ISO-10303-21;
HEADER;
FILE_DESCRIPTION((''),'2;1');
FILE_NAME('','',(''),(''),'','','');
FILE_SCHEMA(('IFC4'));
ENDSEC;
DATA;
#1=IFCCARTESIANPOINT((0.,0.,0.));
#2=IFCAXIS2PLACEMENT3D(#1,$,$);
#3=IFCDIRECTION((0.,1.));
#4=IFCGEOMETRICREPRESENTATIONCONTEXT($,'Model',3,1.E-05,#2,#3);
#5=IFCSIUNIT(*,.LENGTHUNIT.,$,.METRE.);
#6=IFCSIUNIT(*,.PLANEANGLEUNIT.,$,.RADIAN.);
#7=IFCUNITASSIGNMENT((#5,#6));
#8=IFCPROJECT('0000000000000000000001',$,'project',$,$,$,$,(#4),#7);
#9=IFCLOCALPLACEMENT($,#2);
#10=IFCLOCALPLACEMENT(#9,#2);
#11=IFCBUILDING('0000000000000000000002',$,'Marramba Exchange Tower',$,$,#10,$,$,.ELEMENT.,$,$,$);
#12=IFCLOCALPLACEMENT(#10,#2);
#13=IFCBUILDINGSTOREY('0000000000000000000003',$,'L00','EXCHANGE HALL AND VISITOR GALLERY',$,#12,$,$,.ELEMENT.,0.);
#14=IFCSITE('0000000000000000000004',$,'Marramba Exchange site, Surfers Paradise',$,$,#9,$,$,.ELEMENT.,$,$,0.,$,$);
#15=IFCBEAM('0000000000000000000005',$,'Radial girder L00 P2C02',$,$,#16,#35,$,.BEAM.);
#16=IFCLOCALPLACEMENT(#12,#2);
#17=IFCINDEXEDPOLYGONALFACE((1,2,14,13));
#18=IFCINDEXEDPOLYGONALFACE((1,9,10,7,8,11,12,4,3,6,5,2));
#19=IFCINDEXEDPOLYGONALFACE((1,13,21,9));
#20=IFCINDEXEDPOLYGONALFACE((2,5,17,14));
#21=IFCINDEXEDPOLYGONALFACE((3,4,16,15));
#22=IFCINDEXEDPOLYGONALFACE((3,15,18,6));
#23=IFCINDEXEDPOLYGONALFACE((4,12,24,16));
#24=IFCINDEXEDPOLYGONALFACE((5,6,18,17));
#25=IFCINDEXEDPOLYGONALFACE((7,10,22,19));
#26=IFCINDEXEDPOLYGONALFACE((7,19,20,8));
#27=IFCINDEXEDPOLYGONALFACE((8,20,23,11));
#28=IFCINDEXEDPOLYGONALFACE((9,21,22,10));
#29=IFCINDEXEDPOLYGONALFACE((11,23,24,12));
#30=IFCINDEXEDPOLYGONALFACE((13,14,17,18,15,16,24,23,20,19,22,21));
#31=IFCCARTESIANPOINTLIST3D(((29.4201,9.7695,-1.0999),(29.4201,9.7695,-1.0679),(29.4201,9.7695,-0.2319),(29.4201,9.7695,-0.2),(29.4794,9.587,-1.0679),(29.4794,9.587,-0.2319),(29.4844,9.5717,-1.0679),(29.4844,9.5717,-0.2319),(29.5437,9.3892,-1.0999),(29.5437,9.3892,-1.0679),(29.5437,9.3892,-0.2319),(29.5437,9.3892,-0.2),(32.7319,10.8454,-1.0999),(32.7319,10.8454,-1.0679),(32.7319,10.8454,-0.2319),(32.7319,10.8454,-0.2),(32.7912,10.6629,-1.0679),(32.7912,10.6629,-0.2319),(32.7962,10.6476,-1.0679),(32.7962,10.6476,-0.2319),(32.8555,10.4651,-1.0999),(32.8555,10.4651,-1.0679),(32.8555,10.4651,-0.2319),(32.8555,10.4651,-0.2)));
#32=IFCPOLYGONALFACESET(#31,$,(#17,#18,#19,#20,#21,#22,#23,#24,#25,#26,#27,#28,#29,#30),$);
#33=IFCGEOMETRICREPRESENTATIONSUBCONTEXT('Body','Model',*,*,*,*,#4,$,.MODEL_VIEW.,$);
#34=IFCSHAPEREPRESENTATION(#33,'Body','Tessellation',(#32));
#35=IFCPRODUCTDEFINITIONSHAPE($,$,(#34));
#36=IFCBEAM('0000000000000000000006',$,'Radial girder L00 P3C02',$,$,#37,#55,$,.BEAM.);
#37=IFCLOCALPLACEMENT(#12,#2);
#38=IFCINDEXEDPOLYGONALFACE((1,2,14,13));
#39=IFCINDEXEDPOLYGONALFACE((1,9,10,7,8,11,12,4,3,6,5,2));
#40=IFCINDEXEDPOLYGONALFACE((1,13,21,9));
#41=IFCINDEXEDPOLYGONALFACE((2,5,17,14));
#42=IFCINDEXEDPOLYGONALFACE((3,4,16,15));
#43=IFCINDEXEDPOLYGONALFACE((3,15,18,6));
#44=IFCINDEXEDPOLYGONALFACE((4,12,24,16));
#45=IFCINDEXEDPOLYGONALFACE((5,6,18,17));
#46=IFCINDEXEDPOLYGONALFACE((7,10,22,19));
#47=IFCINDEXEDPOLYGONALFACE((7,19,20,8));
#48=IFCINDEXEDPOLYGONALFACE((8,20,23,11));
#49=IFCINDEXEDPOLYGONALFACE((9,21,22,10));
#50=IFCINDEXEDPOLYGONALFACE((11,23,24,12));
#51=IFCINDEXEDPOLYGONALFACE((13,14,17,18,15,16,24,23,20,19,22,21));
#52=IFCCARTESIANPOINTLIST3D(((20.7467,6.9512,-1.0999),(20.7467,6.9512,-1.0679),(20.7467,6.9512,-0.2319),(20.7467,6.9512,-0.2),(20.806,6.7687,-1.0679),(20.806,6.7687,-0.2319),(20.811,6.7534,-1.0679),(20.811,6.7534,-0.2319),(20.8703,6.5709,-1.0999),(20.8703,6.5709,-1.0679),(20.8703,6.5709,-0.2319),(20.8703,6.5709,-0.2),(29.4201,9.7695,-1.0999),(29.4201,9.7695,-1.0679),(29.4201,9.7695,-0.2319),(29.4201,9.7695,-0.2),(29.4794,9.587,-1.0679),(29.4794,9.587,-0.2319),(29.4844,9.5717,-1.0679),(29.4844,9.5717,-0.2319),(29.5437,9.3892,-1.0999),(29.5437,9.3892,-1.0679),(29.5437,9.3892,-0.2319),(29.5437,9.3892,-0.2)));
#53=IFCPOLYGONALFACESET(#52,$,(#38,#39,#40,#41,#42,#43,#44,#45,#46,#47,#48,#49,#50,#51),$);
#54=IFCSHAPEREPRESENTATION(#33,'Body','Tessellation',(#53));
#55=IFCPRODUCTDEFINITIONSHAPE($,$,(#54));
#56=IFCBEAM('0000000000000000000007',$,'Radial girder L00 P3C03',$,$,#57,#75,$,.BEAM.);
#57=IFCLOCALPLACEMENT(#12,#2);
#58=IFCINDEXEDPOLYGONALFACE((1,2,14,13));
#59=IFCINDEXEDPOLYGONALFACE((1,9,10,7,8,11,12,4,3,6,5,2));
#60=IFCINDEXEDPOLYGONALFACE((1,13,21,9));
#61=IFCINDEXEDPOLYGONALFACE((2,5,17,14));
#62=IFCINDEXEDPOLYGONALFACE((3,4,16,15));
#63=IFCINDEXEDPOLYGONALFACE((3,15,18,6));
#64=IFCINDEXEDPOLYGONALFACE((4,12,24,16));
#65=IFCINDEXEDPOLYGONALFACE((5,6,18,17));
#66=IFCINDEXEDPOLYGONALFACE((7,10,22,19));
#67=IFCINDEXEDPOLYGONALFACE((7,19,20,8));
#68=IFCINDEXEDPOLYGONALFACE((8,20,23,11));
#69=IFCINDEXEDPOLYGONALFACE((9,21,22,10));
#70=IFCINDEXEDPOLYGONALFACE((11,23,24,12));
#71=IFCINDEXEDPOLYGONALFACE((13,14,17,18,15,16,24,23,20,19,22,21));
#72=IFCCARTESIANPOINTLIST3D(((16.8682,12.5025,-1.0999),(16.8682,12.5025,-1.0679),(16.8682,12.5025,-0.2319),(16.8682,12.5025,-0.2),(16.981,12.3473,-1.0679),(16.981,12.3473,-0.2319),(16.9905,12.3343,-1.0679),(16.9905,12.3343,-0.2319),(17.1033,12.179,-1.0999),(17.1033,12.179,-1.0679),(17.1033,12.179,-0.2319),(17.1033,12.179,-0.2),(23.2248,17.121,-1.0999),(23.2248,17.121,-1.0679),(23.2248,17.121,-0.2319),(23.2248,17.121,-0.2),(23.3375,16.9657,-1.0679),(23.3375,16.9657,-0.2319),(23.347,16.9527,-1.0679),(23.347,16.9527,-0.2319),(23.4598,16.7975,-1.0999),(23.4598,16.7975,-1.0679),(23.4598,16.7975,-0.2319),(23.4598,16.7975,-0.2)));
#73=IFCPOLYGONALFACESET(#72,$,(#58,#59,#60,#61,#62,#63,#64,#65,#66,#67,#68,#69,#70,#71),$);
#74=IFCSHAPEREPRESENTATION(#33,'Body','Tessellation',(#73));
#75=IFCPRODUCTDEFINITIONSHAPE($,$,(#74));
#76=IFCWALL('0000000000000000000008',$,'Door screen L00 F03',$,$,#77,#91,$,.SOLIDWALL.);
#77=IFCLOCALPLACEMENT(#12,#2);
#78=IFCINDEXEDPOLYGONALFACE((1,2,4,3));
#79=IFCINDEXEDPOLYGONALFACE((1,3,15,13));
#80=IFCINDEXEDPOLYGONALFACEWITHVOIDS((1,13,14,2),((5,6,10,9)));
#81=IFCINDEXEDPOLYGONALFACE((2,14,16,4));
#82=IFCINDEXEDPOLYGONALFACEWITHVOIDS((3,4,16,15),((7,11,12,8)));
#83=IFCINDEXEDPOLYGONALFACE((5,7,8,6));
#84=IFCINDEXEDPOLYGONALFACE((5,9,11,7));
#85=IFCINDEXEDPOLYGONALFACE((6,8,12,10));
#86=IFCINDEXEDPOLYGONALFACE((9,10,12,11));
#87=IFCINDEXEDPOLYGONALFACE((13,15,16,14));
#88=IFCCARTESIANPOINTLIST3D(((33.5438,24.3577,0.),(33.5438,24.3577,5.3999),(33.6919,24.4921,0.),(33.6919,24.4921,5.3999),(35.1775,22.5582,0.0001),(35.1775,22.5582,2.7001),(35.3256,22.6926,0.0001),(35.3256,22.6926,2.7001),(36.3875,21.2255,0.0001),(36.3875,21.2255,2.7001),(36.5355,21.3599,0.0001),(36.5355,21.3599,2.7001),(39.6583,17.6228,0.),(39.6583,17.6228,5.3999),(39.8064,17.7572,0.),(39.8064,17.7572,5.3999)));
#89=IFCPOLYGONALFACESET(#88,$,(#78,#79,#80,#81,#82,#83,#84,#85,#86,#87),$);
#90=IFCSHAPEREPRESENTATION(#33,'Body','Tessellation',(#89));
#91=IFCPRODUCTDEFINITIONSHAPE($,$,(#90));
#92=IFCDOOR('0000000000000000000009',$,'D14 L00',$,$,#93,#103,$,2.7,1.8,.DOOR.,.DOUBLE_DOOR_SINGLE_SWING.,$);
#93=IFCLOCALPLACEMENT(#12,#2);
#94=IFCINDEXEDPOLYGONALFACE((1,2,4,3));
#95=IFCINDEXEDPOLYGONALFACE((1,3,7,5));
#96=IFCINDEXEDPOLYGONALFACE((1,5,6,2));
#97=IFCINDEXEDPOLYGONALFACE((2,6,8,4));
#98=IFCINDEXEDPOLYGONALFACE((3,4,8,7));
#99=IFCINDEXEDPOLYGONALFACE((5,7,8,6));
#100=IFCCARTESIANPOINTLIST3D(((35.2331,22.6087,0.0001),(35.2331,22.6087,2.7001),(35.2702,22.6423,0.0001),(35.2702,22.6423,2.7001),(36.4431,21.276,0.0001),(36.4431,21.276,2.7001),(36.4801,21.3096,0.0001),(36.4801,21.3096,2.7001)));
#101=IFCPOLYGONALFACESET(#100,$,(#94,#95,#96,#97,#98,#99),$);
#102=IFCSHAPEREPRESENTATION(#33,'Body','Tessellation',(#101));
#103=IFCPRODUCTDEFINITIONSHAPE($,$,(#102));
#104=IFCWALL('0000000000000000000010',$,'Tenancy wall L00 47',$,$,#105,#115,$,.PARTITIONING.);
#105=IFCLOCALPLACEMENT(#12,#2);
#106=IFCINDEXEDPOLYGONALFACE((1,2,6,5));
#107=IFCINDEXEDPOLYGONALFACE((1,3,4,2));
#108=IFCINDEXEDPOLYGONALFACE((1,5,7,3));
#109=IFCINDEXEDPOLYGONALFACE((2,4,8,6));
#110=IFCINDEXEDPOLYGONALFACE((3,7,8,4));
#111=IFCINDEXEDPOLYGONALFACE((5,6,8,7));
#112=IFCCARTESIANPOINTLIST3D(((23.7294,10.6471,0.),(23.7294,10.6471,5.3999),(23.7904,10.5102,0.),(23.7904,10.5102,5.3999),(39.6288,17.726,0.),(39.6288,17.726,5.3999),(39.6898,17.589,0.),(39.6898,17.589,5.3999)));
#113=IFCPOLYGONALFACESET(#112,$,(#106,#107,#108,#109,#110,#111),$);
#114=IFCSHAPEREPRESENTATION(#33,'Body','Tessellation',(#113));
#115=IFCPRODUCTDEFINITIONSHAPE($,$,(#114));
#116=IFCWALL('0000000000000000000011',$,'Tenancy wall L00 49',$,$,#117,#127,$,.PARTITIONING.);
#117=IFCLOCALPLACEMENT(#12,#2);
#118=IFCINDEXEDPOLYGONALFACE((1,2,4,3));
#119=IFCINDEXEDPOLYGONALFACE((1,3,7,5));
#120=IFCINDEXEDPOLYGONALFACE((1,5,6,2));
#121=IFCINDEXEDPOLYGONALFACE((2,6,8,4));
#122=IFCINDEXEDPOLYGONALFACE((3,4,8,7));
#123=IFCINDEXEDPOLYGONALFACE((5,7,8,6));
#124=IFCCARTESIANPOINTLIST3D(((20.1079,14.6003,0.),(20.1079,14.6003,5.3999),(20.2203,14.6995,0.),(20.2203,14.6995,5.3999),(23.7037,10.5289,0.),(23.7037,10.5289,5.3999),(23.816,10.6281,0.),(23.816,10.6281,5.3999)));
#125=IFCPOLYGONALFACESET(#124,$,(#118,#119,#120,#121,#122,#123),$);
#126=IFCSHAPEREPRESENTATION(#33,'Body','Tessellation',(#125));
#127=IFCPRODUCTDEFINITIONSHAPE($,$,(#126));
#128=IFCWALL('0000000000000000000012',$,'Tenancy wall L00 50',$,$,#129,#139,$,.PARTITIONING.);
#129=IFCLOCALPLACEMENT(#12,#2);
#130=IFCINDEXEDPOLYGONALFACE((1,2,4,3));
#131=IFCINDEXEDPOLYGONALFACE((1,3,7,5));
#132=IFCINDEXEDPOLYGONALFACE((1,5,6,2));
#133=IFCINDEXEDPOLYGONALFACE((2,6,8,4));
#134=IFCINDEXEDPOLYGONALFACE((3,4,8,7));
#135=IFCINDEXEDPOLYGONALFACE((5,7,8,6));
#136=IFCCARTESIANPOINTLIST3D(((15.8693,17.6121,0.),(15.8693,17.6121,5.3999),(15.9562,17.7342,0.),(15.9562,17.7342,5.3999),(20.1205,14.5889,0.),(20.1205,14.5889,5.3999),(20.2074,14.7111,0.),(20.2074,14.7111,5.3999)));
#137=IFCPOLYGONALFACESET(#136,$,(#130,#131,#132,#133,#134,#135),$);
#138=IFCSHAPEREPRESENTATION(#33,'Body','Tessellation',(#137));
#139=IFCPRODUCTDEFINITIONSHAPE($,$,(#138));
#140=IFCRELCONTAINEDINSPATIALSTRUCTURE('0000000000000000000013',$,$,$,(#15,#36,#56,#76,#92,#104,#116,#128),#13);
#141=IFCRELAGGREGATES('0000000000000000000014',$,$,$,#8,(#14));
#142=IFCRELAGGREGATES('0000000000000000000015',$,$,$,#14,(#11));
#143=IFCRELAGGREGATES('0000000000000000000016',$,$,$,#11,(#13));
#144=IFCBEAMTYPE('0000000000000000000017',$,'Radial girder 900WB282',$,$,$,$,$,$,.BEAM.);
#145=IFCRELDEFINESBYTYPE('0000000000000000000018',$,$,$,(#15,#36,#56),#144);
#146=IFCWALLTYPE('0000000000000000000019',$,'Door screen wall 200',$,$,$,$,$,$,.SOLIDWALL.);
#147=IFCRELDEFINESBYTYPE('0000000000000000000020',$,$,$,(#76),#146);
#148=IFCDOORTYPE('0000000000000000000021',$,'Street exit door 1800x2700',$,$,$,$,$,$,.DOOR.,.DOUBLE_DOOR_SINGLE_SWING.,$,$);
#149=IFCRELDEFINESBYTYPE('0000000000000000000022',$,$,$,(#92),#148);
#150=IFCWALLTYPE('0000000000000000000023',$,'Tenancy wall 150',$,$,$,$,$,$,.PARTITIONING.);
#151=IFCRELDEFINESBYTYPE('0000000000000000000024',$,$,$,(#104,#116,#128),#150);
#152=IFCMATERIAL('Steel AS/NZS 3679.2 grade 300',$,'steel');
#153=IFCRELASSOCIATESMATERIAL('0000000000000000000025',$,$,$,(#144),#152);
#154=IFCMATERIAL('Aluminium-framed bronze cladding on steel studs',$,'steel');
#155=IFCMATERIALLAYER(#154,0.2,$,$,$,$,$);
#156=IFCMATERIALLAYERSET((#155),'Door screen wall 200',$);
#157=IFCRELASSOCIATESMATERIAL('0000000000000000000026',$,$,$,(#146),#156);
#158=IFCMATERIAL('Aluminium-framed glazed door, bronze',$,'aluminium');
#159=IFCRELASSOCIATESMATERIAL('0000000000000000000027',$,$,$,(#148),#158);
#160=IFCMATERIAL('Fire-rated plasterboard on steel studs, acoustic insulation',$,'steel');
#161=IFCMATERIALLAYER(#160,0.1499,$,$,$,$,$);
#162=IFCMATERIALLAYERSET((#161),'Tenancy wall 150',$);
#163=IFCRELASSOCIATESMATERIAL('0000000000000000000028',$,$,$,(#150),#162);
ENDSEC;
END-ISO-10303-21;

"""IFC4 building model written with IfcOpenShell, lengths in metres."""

from ifc_helpers import new_model, si_unit, direction, frame, frame_2d, origin, origin_2d, place, context, subcontext, project, spatial, rectangle, i_section, extrude, material, layer, layer_set, material_profile, profile_set, type_object, element, fill, save


model = new_model("IFC4")

# Units and contexts
model_context = context("Model", 3, precision=1e-05, world=origin(), true_north=direction((0.0, 1.0)))
body_context = subcontext(model_context, "Body", "Model", "MODEL_VIEW")
ifc_project = project(units=[si_unit("LENGTHUNIT", "METRE"), si_unit("PLANEANGLEUNIT", "RADIAN")], contexts=[model_context])

# Site, building, storey
site_placement = place(None, origin())
site = spatial("IfcSite", under=ifc_project, at=site_placement, Name="Marramba Exchange site, Surfers Paradise", CompositionType="ELEMENT", RefElevation=0.0)
building_placement = place(site_placement, origin())
building = spatial("IfcBuilding", under=site, at=building_placement, Name="Marramba Exchange Tower", CompositionType="ELEMENT")
storey_placement = place(building_placement, origin())
storey = spatial("IfcBuildingStorey", under=building, at=storey_placement, Name="L00", Description="EXCHANGE HALL AND VISITOR GALLERY", CompositionType="ELEMENT", Elevation=0.0)

# Beams
ifc_material_1 = material(Name="Steel AS/NZS 3679.2 grade 300", Category="steel")
ifc_material_profile_1 = material_profile(ifc_material_1, i_section(OverallWidth=0.3999, OverallDepth=0.8999, WebThickness=0.0161, FlangeThickness=0.032, at=origin_2d()), Name="900WB282")
ifc_profile_set_1 = profile_set([ifc_material_profile_1], Name="Steel AS/NZS 3679.2 grade 300")
beam_type_1 = type_object("IfcBeamType", Name="Radial girder 900WB282", PredefinedType="BEAM", material=ifc_profile_set_1)
beam_1_placement = place(storey_placement, frame((32.7937, 10.6553, -0.6499), z_axis=(-0.951068, -0.308983, 0.0), x_axis=(0.308983, -0.951068, 0.0)))
element("IfcBeam", 1, at=beam_1_placement, inside=storey, type_object=beam_type_1, Name="Radial girder L00 P2C02", PredefinedType="BEAM", context=body_context, shape_type="SweptSolid", body=[
    extrude(i_section(OverallWidth=0.3999, OverallDepth=0.8999, WebThickness=0.0161, FlangeThickness=0.032, at=origin_2d()), origin(), (0.0, 0.0, 1.0), 3.4822),
])
beam_2_placement = place(storey_placement, frame((29.4819, 9.5793, -0.6499), z_axis=(-0.951052, -0.309031, 0.0), x_axis=(0.309031, -0.951052, 0.0)))
element("IfcBeam", 2, at=beam_2_placement, inside=storey, type_object=beam_type_1, Name="Radial girder L00 P3C02", PredefinedType="BEAM", context=body_context, shape_type="SweptSolid", body=[
    extrude(i_section(OverallWidth=0.3999, OverallDepth=0.8999, WebThickness=0.0161, FlangeThickness=0.032, at=origin_2d()), origin(), (0.0, 0.0, 1.0), 9.1199),
])
beam_3_placement = place(storey_placement, frame((23.3423, 16.9592, -0.6499), z_axis=(-0.809006, -0.5878, 0.0), x_axis=(0.5878, -0.809006, 0.0)))
element("IfcBeam", 3, at=beam_3_placement, inside=storey, type_object=beam_type_1, Name="Radial girder L00 P3C03", PredefinedType="BEAM", context=body_context, shape_type="SweptSolid", body=[
    extrude(i_section(OverallWidth=0.3999, OverallDepth=0.8999, WebThickness=0.0161, FlangeThickness=0.032, at=origin_2d()), origin(), (0.0, 0.0, 1.0), 7.8572),
])

# Wall, opening, door
ifc_material_2 = material(Name="Aluminium-framed bronze cladding on steel studs", Category="steel")
ifc_layer_1 = layer(ifc_material_2, 0.2)
ifc_layer_set_1 = layer_set([ifc_layer_1], Name="Door screen wall 200")
wall_type_1 = type_object("IfcWallType", Name="Door screen wall 200", PredefinedType="SOLIDWALL", material=ifc_layer_set_1)
wall_1_placement = place(storey_placement, frame((39.7324, 17.6899, 0.0), z_axis=(0.0, 0.0, 1.0), x_axis=(-0.672185, 0.740383, 0.0)))
wall_1 = element("IfcWall", 4, at=wall_1_placement, inside=storey, type_object=wall_type_1, Name="Door screen L00 F03", PredefinedType="SOLIDWALL", context=body_context, shape_type="SweptSolid", body=[
    extrude(rectangle(XDim=9.0964, YDim=0.2, at=frame_2d((4.5483, 0.0))), origin(), (0.0, 0.0, 1.0), 5.3999),
])
opening_placement = place(wall_1_placement, frame((4.8662, 0.0, 0.0)))
opening = element("IfcOpeningElement", 5, at=opening_placement, cuts=wall_1, PredefinedType="OPENING", context=body_context, shape_type="SweptSolid", body=[
    extrude(rectangle(XDim=1.8, YDim=2.7, at=frame_2d((0.8999, 1.3501))), frame((0.0, 0.1099, 0.0), z_axis=(0.0, -1.0, 0.0), x_axis=(1.0, 0.0, 0.0)), (0.0, 0.0, 1.0), 0.22),
])
ifc_material_3 = material(Name="Aluminium-framed glazed door, bronze", Category="aluminium")
door_type = type_object("IfcDoorType", Name="Street exit door 1800x2700", OperationType="DOUBLE_DOOR_SINGLE_SWING", PredefinedType="DOOR", material=ifc_material_3)
door_placement = place(opening_placement, frame((1.8, 0.0, 0.0), z_axis=(0.0, 0.0, 1.0), x_axis=(-1.0, 0.0, 0.0)))
door = element("IfcDoor", 6, at=door_placement, inside=storey, type_object=door_type, Name="D14 L00", OperationType="DOUBLE_DOOR_SINGLE_SWING", OverallHeight=2.7, OverallWidth=1.8, PredefinedType="DOOR", context=body_context, shape_type="SweptSolid", body=[
    extrude(rectangle(XDim=1.8, YDim=2.7, at=frame_2d((0.9001, 1.3501))), frame((0.0, 0.0251, 0.0), z_axis=(0.0, -1.0, 0.0), x_axis=(1.0, 0.0, 0.0)), (0.0, 0.0, 1.0), 0.05),
])
fill(opening, door)

# Walls
ifc_material_4 = material(Name="Fire-rated plasterboard on steel studs, acoustic insulation", Category="steel")
ifc_layer_2 = layer(ifc_material_4, 0.1499)
ifc_layer_set_2 = layer_set([ifc_layer_2], Name="Tenancy wall 150")
wall_type_2 = type_object("IfcWallType", Name="Tenancy wall 150", PredefinedType="PARTITIONING", material=ifc_layer_set_2)
wall_2_placement = place(storey_placement, frame((23.7598, 10.5786, 0.0), z_axis=(0.0, 0.0, 1.0), x_axis=(0.913546, 0.406736, 0.0)))
element("IfcWall", 7, at=wall_2_placement, inside=storey, type_object=wall_type_2, Name="Tenancy wall L00 47", PredefinedType="PARTITIONING", context=body_context, shape_type="SweptSolid", body=[
    extrude(rectangle(XDim=17.4041, YDim=0.1499, at=frame_2d((8.7021, 0.0))), origin(), (0.0, 0.0, 1.0), 5.3999),
])
wall_3_placement = place(storey_placement, frame((23.7598, 10.5786, 0.0), z_axis=(0.0, 0.0, 1.0), x_axis=(-0.661972, 0.749528, 0.0)))
element("IfcWall", 8, at=wall_3_placement, inside=storey, type_object=wall_type_2, Name="Tenancy wall L00 49", PredefinedType="PARTITIONING", context=body_context, shape_type="SweptSolid", body=[
    extrude(rectangle(XDim=5.4319, YDim=0.1499, at=frame_2d((2.7158, 0.0))), origin(), (0.0, 0.0, 1.0), 5.3999),
])
wall_4_placement = place(storey_placement, frame((20.1641, 14.6499, 0.0), z_axis=(0.0, 0.0, 1.0), x_axis=(-0.814946, 0.579537, 0.0)))
element("IfcWall", 9, at=wall_4_placement, inside=storey, type_object=wall_type_2, Name="Tenancy wall L00 50", PredefinedType="PARTITIONING", context=body_context, shape_type="SweptSolid", body=[
    extrude(rectangle(XDim=5.2166, YDim=0.1499, at=frame_2d((2.6084, 0.0))), origin(), (0.0, 0.0, 1.0), 5.3999),
])

save(model, "model.ifc")
